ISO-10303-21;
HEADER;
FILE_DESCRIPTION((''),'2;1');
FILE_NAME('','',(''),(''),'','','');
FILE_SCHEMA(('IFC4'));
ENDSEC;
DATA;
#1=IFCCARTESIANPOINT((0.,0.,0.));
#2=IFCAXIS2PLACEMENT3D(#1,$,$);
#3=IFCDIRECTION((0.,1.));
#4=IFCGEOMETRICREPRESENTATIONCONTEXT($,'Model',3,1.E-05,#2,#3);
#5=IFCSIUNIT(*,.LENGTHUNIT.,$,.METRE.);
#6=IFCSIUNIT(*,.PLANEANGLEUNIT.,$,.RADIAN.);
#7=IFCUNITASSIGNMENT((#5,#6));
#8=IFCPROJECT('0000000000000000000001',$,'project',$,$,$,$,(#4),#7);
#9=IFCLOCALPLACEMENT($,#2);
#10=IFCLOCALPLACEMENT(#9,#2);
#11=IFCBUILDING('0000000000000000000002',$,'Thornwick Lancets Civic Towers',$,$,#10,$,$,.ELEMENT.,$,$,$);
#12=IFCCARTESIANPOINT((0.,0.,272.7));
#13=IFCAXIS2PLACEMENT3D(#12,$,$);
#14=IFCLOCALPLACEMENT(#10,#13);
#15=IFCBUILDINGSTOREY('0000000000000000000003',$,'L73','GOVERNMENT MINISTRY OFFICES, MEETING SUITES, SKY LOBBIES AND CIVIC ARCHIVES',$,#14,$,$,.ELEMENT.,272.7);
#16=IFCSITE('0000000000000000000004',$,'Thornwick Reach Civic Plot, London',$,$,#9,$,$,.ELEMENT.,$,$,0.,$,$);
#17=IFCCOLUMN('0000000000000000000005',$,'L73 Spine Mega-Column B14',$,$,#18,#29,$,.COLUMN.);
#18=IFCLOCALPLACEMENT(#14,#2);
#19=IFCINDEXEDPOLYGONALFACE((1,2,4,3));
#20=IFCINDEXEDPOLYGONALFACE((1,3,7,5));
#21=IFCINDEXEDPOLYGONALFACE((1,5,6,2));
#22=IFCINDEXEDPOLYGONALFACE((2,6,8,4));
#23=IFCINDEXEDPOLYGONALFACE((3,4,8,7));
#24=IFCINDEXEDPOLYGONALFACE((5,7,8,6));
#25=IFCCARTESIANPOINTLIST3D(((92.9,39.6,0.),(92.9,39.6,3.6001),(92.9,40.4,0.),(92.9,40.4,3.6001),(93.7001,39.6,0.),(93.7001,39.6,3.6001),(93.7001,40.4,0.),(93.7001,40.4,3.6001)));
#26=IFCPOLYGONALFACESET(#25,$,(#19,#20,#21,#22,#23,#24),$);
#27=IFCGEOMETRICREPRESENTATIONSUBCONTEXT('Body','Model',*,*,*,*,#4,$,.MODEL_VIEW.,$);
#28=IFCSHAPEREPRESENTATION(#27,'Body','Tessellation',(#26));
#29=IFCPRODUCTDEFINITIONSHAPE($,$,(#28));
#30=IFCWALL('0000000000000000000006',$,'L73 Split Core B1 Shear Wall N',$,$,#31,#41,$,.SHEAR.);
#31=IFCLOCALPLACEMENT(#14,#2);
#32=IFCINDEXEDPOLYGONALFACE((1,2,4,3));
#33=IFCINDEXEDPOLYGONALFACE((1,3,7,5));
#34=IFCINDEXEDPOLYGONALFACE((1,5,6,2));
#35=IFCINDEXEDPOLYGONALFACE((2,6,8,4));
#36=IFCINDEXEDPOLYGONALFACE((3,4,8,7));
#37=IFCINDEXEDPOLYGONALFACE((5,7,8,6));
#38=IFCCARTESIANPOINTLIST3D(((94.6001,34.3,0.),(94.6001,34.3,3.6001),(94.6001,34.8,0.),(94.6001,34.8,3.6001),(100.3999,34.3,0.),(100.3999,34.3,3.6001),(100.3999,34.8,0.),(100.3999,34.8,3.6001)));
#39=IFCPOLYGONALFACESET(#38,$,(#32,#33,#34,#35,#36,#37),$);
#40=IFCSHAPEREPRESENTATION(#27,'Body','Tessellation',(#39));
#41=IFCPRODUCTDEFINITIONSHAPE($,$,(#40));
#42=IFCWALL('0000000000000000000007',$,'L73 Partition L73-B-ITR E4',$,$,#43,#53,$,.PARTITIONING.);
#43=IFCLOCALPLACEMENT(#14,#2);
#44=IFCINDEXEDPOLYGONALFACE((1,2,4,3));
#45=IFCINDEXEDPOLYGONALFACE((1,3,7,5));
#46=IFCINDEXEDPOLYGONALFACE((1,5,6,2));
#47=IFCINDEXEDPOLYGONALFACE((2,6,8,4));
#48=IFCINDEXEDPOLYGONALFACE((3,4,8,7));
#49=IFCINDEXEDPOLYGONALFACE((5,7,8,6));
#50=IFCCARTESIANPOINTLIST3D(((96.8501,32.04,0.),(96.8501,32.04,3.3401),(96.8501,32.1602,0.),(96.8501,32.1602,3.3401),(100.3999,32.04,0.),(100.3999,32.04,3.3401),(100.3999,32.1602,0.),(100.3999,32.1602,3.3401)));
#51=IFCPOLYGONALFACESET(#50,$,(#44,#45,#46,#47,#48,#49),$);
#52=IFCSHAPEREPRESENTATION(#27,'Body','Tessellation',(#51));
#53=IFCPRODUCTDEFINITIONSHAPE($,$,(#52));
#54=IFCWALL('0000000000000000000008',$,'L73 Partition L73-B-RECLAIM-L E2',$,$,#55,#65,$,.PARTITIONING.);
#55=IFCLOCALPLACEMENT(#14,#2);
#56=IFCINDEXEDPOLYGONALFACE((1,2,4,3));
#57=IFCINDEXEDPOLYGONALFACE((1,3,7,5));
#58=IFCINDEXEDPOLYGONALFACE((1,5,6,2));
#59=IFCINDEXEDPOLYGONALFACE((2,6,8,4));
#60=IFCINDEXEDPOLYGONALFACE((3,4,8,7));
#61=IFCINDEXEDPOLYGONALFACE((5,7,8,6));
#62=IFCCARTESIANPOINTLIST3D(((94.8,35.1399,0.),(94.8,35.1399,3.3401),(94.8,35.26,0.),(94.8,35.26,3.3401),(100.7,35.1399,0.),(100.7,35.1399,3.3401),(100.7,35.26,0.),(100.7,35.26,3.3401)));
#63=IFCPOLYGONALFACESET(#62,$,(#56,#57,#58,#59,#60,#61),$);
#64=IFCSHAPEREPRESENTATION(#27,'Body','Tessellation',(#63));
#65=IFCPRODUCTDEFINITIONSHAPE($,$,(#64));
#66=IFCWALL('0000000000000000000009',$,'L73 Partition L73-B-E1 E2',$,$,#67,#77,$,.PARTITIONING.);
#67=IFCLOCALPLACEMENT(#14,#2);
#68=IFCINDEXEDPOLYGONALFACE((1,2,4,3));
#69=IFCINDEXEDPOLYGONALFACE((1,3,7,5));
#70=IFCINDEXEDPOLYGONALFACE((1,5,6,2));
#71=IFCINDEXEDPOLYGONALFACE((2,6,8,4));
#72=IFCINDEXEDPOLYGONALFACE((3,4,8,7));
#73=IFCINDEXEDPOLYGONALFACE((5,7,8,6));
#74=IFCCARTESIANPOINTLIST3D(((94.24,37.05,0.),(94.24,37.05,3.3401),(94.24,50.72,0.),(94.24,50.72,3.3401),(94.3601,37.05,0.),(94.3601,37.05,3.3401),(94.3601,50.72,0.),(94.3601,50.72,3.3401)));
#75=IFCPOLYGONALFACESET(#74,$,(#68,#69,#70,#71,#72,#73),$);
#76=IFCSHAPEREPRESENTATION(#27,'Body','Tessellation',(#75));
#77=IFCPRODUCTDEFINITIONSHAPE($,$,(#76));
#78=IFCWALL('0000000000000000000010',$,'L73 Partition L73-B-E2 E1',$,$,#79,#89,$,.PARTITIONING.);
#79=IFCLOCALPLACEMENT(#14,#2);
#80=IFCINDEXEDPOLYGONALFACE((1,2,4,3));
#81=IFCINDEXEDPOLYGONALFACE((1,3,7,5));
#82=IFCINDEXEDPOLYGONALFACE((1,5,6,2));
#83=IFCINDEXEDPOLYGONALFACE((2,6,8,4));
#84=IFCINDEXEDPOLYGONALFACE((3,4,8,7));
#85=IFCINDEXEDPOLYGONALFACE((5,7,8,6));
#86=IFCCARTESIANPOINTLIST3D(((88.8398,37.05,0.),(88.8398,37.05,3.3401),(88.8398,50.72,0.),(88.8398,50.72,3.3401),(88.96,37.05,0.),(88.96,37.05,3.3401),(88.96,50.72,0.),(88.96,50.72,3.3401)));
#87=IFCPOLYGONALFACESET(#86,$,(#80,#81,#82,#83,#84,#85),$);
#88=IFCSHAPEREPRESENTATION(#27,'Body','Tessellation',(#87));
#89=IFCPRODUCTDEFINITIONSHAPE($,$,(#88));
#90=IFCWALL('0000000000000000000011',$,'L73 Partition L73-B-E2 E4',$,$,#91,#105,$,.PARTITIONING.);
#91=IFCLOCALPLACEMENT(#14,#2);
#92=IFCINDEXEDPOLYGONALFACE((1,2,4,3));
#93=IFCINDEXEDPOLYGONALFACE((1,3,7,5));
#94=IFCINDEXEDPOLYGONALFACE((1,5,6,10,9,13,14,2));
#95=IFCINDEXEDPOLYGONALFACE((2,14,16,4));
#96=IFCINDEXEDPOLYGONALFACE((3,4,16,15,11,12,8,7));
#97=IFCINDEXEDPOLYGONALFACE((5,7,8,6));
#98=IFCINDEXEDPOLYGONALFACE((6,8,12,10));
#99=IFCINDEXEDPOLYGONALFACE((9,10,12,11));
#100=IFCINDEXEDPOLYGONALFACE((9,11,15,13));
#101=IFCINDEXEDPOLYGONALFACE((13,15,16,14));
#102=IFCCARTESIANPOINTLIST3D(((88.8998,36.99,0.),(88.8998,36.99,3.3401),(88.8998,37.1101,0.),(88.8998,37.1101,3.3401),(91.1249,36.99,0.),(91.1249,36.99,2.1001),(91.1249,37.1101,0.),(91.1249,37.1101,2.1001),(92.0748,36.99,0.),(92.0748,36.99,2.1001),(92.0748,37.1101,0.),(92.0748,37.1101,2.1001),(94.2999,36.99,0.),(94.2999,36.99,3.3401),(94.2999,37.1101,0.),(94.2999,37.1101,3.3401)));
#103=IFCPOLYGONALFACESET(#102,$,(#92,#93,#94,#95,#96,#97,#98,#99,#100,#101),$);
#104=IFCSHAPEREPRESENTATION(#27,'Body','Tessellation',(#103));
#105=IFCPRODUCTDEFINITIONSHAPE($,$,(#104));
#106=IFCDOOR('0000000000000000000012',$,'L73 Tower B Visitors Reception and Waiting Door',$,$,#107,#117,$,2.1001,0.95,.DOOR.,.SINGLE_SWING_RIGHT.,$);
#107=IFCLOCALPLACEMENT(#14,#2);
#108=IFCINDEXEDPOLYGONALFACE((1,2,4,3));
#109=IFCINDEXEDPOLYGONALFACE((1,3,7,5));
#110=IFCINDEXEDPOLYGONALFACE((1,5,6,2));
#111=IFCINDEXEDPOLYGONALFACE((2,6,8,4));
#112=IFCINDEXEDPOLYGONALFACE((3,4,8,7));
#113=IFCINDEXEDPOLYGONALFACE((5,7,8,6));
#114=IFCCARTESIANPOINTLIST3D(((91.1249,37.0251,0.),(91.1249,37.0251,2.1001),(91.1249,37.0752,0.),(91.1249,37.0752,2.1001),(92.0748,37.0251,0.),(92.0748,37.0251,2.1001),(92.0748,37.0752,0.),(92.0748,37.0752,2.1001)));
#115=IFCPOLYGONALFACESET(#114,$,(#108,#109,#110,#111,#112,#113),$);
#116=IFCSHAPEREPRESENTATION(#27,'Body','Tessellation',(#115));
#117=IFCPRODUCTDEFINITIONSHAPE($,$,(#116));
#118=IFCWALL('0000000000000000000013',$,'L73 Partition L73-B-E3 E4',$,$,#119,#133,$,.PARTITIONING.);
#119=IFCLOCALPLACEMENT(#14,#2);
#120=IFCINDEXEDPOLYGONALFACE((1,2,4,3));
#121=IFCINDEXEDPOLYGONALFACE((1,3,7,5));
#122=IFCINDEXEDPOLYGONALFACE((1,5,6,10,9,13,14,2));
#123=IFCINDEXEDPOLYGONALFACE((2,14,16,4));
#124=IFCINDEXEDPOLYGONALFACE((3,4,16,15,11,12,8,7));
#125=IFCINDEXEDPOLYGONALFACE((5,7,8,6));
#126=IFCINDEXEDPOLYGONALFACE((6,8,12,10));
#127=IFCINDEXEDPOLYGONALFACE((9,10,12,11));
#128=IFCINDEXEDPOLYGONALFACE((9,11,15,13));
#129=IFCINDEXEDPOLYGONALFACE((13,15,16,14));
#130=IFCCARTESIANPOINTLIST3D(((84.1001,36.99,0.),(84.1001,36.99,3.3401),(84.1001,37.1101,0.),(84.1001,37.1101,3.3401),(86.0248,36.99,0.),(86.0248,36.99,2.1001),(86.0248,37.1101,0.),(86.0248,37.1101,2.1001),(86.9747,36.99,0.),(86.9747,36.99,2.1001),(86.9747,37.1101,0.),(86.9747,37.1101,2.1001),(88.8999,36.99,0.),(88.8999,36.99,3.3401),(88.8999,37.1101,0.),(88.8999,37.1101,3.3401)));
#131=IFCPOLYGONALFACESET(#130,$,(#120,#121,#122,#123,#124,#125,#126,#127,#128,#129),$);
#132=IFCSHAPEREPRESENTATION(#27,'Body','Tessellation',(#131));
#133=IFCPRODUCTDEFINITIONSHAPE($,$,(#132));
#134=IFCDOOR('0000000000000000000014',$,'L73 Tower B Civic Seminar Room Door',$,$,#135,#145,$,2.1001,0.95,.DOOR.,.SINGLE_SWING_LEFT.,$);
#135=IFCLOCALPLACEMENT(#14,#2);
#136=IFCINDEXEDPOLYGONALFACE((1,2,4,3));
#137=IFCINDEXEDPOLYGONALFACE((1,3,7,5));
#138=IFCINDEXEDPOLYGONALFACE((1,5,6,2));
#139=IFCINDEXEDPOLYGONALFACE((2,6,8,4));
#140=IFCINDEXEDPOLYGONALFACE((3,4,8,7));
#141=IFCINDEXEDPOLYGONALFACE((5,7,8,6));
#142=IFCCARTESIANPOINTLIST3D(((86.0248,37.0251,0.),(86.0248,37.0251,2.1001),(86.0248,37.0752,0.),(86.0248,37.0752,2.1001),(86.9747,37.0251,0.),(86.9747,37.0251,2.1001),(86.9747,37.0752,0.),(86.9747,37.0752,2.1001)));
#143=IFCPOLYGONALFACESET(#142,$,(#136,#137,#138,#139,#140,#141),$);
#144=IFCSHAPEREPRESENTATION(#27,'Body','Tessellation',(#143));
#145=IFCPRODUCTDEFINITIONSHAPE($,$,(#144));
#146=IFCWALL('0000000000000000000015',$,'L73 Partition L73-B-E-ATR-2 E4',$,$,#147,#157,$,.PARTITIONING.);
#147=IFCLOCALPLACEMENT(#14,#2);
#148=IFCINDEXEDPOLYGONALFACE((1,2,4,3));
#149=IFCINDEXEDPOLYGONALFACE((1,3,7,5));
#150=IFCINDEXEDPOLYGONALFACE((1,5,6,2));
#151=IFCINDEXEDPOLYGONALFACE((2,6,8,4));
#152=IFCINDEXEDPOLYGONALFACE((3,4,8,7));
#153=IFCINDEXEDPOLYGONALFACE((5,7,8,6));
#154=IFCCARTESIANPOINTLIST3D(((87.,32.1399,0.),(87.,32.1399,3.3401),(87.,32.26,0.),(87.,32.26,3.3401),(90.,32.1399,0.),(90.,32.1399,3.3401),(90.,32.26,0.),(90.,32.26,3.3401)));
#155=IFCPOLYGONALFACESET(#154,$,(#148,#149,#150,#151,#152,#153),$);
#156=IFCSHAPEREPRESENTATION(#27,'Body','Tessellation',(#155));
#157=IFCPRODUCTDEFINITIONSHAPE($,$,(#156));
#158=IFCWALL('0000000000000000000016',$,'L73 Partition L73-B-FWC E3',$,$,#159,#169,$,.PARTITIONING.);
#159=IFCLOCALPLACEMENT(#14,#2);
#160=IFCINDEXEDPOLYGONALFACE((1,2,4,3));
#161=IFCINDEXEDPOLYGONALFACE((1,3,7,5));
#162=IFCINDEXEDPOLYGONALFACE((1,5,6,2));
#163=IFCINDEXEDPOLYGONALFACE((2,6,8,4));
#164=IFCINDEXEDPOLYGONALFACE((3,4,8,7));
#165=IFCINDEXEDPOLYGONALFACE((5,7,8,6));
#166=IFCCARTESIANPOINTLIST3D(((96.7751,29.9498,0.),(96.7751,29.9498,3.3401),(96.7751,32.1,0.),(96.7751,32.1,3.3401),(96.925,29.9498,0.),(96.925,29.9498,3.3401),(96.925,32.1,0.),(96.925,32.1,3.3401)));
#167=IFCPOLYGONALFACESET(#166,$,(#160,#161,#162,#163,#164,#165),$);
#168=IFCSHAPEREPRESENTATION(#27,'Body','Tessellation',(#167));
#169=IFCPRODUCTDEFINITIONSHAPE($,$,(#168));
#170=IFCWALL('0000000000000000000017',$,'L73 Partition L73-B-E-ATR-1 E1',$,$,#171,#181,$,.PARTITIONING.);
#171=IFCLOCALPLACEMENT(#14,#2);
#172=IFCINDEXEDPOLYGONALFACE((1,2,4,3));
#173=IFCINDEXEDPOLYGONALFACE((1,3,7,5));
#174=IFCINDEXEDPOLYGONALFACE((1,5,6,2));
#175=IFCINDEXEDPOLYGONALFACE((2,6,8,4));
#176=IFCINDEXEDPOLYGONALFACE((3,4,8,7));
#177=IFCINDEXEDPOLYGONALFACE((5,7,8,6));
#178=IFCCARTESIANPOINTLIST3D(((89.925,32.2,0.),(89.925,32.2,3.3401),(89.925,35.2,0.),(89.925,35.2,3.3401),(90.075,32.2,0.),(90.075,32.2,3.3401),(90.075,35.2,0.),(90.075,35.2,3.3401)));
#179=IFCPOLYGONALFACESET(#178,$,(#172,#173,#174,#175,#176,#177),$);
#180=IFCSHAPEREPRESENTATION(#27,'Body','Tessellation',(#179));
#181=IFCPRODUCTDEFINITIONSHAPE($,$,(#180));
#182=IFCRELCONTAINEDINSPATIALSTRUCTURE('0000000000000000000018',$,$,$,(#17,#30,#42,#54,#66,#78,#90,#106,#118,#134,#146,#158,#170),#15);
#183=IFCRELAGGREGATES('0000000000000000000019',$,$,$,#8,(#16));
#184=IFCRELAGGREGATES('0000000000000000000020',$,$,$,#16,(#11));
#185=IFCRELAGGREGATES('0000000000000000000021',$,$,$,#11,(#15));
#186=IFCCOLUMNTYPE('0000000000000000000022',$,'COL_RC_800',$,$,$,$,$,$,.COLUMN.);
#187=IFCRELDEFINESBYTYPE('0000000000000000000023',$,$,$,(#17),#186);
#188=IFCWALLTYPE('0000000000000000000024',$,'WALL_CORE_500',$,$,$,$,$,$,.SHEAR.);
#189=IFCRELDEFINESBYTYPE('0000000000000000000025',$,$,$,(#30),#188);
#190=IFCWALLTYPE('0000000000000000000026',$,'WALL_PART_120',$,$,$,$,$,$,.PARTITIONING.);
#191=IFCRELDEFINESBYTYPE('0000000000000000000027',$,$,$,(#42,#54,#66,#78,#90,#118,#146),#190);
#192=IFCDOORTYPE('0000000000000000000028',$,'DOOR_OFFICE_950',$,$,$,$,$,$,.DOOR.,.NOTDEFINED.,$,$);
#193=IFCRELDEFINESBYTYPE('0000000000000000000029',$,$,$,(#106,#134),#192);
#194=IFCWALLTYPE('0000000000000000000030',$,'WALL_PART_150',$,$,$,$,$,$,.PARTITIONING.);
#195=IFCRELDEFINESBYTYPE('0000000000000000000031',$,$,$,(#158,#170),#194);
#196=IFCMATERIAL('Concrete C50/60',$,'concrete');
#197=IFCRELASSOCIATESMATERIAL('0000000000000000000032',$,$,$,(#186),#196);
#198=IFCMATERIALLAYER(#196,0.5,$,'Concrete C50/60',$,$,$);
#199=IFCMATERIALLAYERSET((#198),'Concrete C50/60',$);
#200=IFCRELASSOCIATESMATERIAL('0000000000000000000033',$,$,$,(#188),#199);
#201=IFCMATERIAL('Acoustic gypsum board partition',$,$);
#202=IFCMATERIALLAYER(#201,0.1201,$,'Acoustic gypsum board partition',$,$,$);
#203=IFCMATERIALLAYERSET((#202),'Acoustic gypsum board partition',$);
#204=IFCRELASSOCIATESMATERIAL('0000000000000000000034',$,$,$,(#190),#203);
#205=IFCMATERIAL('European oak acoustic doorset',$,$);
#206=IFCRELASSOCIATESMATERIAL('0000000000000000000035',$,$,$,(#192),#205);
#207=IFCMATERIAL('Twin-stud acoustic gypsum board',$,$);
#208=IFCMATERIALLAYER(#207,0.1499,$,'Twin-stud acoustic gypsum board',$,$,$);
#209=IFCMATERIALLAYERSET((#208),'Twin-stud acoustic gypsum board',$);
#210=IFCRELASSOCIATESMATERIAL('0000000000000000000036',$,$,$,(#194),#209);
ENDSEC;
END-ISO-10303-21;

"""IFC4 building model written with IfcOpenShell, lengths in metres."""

from ifc_helpers import new_model, si_unit, direction, frame, frame_2d, origin, origin_2d, place, context, subcontext, project, spatial, rectangle, extrude, material, layer, layer_set, material_profile, profile_set, type_object, element, fill, save


model = new_model("IFC4")

# Units and contexts
model_context = context("Model", 3, precision=1e-05, world=origin(), true_north=direction((0.0, 1.0)))
body_context = subcontext(model_context, "Body", "Model", "MODEL_VIEW")
ifc_project = project(units=[si_unit("LENGTHUNIT", "METRE"), si_unit("PLANEANGLEUNIT", "RADIAN")], contexts=[model_context])

# Site, building, storey
site_placement = place(None, origin())
site = spatial("IfcSite", under=ifc_project, at=site_placement, Name="Thornwick Reach Civic Plot, London", CompositionType="ELEMENT", RefElevation=0.0)
building_placement = place(site_placement, origin())
building = spatial("IfcBuilding", under=site, at=building_placement, Name="Thornwick Lancets Civic Towers", CompositionType="ELEMENT")
storey_placement = place(building_placement, frame((0.0, 0.0, 272.7)))
storey = spatial("IfcBuildingStorey", under=building, at=storey_placement, Name="L73", Description="GOVERNMENT MINISTRY OFFICES, MEETING SUITES, SKY LOBBIES AND CIVIC ARCHIVES", CompositionType="ELEMENT", Elevation=272.7)

# Column
ifc_material_1 = material(Name="Concrete C50/60", Category="concrete")
ifc_material_profile = material_profile(ifc_material_1, rectangle(XDim=0.8, YDim=0.8, at=origin_2d()), Name="RC 800x800")
ifc_profile_set = profile_set([ifc_material_profile], Name="Concrete C50/60")
column_type = type_object("IfcColumnType", Name="COL_RC_800", PredefinedType="COLUMN", material=ifc_profile_set)
column_placement = place(storey_placement, frame((93.3, 40.0, 0.0), z_axis=(0.0, 0.0, 1.0), x_axis=(1.0, 0.0, 0.0)))
element("IfcColumn", 1, at=column_placement, inside=storey, type_object=column_type, Name="L73 Spine Mega-Column B14", PredefinedType="COLUMN", context=body_context, shape_type="SweptSolid", body=[
    extrude(rectangle(XDim=0.8, YDim=0.8, at=origin_2d()), origin(), (0.0, 0.0, 1.0), 3.6001),
])

# Walls
ifc_layer_1 = layer(ifc_material_1, 0.5, Name="Concrete C50/60")
ifc_layer_set_1 = layer_set([ifc_layer_1], Name="Concrete C50/60")
wall_type_1 = type_object("IfcWallType", Name="WALL_CORE_500", PredefinedType="SHEAR", material=ifc_layer_set_1)
wall_1_placement = place(storey_placement, frame((94.6001, 34.55, 0.0), z_axis=(0.0, 0.0, 1.0), x_axis=(1.0, 0.0, 0.0)))
element("IfcWall", 2, at=wall_1_placement, inside=storey, type_object=wall_type_1, Name="L73 Split Core B1 Shear Wall N", PredefinedType="SHEAR", context=body_context, shape_type="SweptSolid", body=[
    extrude(rectangle(XDim=5.7998, YDim=0.5, at=frame_2d((2.8999, 0.0))), origin(), (0.0, 0.0, 1.0), 3.6001),
])
ifc_material_2 = material(Name="Acoustic gypsum board partition")
ifc_layer_2 = layer(ifc_material_2, 0.1201, Name="Acoustic gypsum board partition")
ifc_layer_set_2 = layer_set([ifc_layer_2], Name="Acoustic gypsum board partition")
wall_type_2 = type_object("IfcWallType", Name="WALL_PART_120", PredefinedType="PARTITIONING", material=ifc_layer_set_2)
wall_2_placement = place(storey_placement, frame((100.3999, 32.1001, 0.0), z_axis=(0.0, 0.0, 1.0), x_axis=(-1.0, 0.0, 0.0)))
element("IfcWall", 3, at=wall_2_placement, inside=storey, type_object=wall_type_2, Name="L73 Partition L73-B-ITR E4", PredefinedType="PARTITIONING", context=body_context, shape_type="SweptSolid", body=[
    extrude(rectangle(XDim=3.5498, YDim=0.1201, at=frame_2d((1.7749, 0.0))), origin(), (0.0, 0.0, 1.0), 3.3401),
])
wall_3_placement = place(storey_placement, frame((94.8, 35.2, 0.0), z_axis=(0.0, 0.0, 1.0), x_axis=(1.0, 0.0, 0.0)))
element("IfcWall", 4, at=wall_3_placement, inside=storey, type_object=wall_type_2, Name="L73 Partition L73-B-RECLAIM-L E2", PredefinedType="PARTITIONING", context=body_context, shape_type="SweptSolid", body=[
    extrude(rectangle(XDim=5.8999, YDim=0.1201, at=frame_2d((2.95, 0.0))), origin(), (0.0, 0.0, 1.0), 3.3401),
])
for number, where, z_axis, x_axis, name in (
    (5, (94.3, 37.05, 0.0), (0.0, 0.0, 1.0), (0.0, 1.0, 0.0), "L73 Partition L73-B-E1 E2"),
    (6, (88.8999, 37.05, 0.0), (0.0, 0.0, 1.0), (0.0, 1.0, 0.0), "L73 Partition L73-B-E2 E1"),
):
    element("IfcWall", number, at=place(storey_placement, frame(where, z_axis=z_axis, x_axis=x_axis)), inside=storey, type_object=wall_type_2, Name=name, PredefinedType="PARTITIONING", context=body_context, shape_type="SweptSolid", body=[
        extrude(rectangle(XDim=13.6699, YDim=0.1201, at=frame_2d((6.835, 0.0))), origin(), (0.0, 0.0, 1.0), 3.3401),
    ])

# Walls, openings, doors
wall_4_placement = place(storey_placement, frame((94.3, 37.05, 0.0), z_axis=(0.0, 0.0, 1.0), x_axis=(-1.0, 0.0, 0.0)))
wall_4 = element("IfcWall", 7, at=wall_4_placement, inside=storey, type_object=wall_type_2, Name="L73 Partition L73-B-E2 E4", PredefinedType="PARTITIONING", context=body_context, shape_type="SweptSolid", body=[
    extrude(rectangle(XDim=5.4001, YDim=0.1201, at=frame_2d((2.7002, 0.0))), origin(), (0.0, 0.0, 1.0), 3.3401),
])
opening_1_placement = place(wall_4_placement, frame((2.2251, 0.0, 0.0)))
opening_1 = element("IfcOpeningElement", 8, at=opening_1_placement, cuts=wall_4, PredefinedType="OPENING", context=body_context, shape_type="SweptSolid", body=[
    extrude(rectangle(XDim=0.95, YDim=2.1001, at=frame_2d((0.4751, 1.05))), frame((0.0, 0.0701, 0.0), z_axis=(0.0, -1.0, 0.0), x_axis=(1.0, 0.0, 0.0)), (0.0, 0.0, 1.0), 0.1401),
])
ifc_material_3 = material(Name="European oak acoustic doorset")
door_type_1 = type_object("IfcDoorType", Name="DOOR_OFFICE_950", OperationType="NOTDEFINED", PredefinedType="DOOR", material=ifc_material_3)
door_1_placement = place(opening_1_placement, origin())
door_1 = element("IfcDoor", 9, at=door_1_placement, inside=storey, type_object=door_type_1, Name="L73 Tower B Visitors Reception and Waiting Door", OperationType="SINGLE_SWING_RIGHT", OverallHeight=2.1001, OverallWidth=0.95, PredefinedType="DOOR", context=body_context, shape_type="SweptSolid", body=[
    extrude(rectangle(XDim=0.95, YDim=2.1001, at=frame_2d((0.4751, 1.05))), frame((0.0, 0.0249, 0.0), z_axis=(0.0, -1.0, 0.0), x_axis=(1.0, 0.0, 0.0)), (0.0, 0.0, 1.0), 0.05),
])
fill(opening_1, door_1)
wall_5_placement = place(storey_placement, frame((88.8999, 37.05, 0.0), z_axis=(0.0, 0.0, 1.0), x_axis=(-1.0, 0.0, 0.0)))
wall_5 = element("IfcWall", 10, at=wall_5_placement, inside=storey, type_object=wall_type_2, Name="L73 Partition L73-B-E3 E4", PredefinedType="PARTITIONING", context=body_context, shape_type="SweptSolid", body=[
    extrude(rectangle(XDim=4.7998, YDim=0.1201, at=frame_2d((2.3999, 0.0))), origin(), (0.0, 0.0, 1.0), 3.3401),
])
opening_2_placement = place(wall_5_placement, frame((1.925, 0.0, 0.0)))
opening_2 = element("IfcOpeningElement", 11, at=opening_2_placement, cuts=wall_5, PredefinedType="OPENING", context=body_context, shape_type="SweptSolid", body=[
    extrude(rectangle(XDim=0.95, YDim=2.1001, at=frame_2d((0.4751, 1.05))), frame((0.0, 0.0701, 0.0), z_axis=(0.0, -1.0, 0.0), x_axis=(1.0, 0.0, 0.0)), (0.0, 0.0, 1.0), 0.1401),
])
door_2_placement = place(opening_2_placement, origin())
door_2 = element("IfcDoor", 12, at=door_2_placement, inside=storey, type_object=door_type_1, Name="L73 Tower B Civic Seminar Room Door", OperationType="SINGLE_SWING_LEFT", OverallHeight=2.1001, OverallWidth=0.95, PredefinedType="DOOR", context=body_context, shape_type="SweptSolid", body=[
    extrude(rectangle(XDim=0.95, YDim=2.1001, at=frame_2d((0.4751, 1.05))), frame((0.0, 0.0249, 0.0), z_axis=(0.0, -1.0, 0.0), x_axis=(1.0, 0.0, 0.0)), (0.0, 0.0, 1.0), 0.05),
])
fill(opening_2, door_2)

# Walls
wall_6_placement = place(storey_placement, frame((90.0, 32.2, 0.0), z_axis=(0.0, 0.0, 1.0), x_axis=(-1.0, 0.0, 0.0)))
element("IfcWall", 13, at=wall_6_placement, inside=storey, type_object=wall_type_2, Name="L73 Partition L73-B-E-ATR-2 E4", PredefinedType="PARTITIONING", context=body_context, shape_type="SweptSolid", body=[
    extrude(rectangle(XDim=3.0, YDim=0.1201, at=frame_2d((1.5, 0.0))), origin(), (0.0, 0.0, 1.0), 3.3401),
])
ifc_material_4 = material(Name="Twin-stud acoustic gypsum board")
ifc_layer_3 = layer(ifc_material_4, 0.1499, Name="Twin-stud acoustic gypsum board")
ifc_layer_set_3 = layer_set([ifc_layer_3], Name="Twin-stud acoustic gypsum board")
wall_type_3 = type_object("IfcWallType", Name="WALL_PART_150", PredefinedType="PARTITIONING", material=ifc_layer_set_3)
wall_7_placement = place(storey_placement, frame((96.8501, 32.1001, 0.0), z_axis=(0.0, 0.0, 1.0), x_axis=(0.0, -1.0, 0.0)))
element("IfcWall", 14, at=wall_7_placement, inside=storey, type_object=wall_type_3, Name="L73 Partition L73-B-FWC E3", PredefinedType="PARTITIONING", context=body_context, shape_type="SweptSolid", body=[
    extrude(rectangle(XDim=2.1501, YDim=0.1499, at=frame_2d((1.0752, 0.0))), origin(), (0.0, 0.0, 1.0), 3.3401),
])
wall_8_placement = place(storey_placement, frame((90.0, 32.2, 0.0), z_axis=(0.0, 0.0, 1.0), x_axis=(0.0, 1.0, 0.0)))
element("IfcWall", 15, at=wall_8_placement, inside=storey, type_object=wall_type_3, Name="L73 Partition L73-B-E-ATR-1 E1", PredefinedType="PARTITIONING", context=body_context, shape_type="SweptSolid", body=[
    extrude(rectangle(XDim=3.0, YDim=0.1499, at=frame_2d((1.5, 0.0))), origin(), (0.0, 0.0, 1.0), 3.3401),
])

save(model, "model.ifc")
